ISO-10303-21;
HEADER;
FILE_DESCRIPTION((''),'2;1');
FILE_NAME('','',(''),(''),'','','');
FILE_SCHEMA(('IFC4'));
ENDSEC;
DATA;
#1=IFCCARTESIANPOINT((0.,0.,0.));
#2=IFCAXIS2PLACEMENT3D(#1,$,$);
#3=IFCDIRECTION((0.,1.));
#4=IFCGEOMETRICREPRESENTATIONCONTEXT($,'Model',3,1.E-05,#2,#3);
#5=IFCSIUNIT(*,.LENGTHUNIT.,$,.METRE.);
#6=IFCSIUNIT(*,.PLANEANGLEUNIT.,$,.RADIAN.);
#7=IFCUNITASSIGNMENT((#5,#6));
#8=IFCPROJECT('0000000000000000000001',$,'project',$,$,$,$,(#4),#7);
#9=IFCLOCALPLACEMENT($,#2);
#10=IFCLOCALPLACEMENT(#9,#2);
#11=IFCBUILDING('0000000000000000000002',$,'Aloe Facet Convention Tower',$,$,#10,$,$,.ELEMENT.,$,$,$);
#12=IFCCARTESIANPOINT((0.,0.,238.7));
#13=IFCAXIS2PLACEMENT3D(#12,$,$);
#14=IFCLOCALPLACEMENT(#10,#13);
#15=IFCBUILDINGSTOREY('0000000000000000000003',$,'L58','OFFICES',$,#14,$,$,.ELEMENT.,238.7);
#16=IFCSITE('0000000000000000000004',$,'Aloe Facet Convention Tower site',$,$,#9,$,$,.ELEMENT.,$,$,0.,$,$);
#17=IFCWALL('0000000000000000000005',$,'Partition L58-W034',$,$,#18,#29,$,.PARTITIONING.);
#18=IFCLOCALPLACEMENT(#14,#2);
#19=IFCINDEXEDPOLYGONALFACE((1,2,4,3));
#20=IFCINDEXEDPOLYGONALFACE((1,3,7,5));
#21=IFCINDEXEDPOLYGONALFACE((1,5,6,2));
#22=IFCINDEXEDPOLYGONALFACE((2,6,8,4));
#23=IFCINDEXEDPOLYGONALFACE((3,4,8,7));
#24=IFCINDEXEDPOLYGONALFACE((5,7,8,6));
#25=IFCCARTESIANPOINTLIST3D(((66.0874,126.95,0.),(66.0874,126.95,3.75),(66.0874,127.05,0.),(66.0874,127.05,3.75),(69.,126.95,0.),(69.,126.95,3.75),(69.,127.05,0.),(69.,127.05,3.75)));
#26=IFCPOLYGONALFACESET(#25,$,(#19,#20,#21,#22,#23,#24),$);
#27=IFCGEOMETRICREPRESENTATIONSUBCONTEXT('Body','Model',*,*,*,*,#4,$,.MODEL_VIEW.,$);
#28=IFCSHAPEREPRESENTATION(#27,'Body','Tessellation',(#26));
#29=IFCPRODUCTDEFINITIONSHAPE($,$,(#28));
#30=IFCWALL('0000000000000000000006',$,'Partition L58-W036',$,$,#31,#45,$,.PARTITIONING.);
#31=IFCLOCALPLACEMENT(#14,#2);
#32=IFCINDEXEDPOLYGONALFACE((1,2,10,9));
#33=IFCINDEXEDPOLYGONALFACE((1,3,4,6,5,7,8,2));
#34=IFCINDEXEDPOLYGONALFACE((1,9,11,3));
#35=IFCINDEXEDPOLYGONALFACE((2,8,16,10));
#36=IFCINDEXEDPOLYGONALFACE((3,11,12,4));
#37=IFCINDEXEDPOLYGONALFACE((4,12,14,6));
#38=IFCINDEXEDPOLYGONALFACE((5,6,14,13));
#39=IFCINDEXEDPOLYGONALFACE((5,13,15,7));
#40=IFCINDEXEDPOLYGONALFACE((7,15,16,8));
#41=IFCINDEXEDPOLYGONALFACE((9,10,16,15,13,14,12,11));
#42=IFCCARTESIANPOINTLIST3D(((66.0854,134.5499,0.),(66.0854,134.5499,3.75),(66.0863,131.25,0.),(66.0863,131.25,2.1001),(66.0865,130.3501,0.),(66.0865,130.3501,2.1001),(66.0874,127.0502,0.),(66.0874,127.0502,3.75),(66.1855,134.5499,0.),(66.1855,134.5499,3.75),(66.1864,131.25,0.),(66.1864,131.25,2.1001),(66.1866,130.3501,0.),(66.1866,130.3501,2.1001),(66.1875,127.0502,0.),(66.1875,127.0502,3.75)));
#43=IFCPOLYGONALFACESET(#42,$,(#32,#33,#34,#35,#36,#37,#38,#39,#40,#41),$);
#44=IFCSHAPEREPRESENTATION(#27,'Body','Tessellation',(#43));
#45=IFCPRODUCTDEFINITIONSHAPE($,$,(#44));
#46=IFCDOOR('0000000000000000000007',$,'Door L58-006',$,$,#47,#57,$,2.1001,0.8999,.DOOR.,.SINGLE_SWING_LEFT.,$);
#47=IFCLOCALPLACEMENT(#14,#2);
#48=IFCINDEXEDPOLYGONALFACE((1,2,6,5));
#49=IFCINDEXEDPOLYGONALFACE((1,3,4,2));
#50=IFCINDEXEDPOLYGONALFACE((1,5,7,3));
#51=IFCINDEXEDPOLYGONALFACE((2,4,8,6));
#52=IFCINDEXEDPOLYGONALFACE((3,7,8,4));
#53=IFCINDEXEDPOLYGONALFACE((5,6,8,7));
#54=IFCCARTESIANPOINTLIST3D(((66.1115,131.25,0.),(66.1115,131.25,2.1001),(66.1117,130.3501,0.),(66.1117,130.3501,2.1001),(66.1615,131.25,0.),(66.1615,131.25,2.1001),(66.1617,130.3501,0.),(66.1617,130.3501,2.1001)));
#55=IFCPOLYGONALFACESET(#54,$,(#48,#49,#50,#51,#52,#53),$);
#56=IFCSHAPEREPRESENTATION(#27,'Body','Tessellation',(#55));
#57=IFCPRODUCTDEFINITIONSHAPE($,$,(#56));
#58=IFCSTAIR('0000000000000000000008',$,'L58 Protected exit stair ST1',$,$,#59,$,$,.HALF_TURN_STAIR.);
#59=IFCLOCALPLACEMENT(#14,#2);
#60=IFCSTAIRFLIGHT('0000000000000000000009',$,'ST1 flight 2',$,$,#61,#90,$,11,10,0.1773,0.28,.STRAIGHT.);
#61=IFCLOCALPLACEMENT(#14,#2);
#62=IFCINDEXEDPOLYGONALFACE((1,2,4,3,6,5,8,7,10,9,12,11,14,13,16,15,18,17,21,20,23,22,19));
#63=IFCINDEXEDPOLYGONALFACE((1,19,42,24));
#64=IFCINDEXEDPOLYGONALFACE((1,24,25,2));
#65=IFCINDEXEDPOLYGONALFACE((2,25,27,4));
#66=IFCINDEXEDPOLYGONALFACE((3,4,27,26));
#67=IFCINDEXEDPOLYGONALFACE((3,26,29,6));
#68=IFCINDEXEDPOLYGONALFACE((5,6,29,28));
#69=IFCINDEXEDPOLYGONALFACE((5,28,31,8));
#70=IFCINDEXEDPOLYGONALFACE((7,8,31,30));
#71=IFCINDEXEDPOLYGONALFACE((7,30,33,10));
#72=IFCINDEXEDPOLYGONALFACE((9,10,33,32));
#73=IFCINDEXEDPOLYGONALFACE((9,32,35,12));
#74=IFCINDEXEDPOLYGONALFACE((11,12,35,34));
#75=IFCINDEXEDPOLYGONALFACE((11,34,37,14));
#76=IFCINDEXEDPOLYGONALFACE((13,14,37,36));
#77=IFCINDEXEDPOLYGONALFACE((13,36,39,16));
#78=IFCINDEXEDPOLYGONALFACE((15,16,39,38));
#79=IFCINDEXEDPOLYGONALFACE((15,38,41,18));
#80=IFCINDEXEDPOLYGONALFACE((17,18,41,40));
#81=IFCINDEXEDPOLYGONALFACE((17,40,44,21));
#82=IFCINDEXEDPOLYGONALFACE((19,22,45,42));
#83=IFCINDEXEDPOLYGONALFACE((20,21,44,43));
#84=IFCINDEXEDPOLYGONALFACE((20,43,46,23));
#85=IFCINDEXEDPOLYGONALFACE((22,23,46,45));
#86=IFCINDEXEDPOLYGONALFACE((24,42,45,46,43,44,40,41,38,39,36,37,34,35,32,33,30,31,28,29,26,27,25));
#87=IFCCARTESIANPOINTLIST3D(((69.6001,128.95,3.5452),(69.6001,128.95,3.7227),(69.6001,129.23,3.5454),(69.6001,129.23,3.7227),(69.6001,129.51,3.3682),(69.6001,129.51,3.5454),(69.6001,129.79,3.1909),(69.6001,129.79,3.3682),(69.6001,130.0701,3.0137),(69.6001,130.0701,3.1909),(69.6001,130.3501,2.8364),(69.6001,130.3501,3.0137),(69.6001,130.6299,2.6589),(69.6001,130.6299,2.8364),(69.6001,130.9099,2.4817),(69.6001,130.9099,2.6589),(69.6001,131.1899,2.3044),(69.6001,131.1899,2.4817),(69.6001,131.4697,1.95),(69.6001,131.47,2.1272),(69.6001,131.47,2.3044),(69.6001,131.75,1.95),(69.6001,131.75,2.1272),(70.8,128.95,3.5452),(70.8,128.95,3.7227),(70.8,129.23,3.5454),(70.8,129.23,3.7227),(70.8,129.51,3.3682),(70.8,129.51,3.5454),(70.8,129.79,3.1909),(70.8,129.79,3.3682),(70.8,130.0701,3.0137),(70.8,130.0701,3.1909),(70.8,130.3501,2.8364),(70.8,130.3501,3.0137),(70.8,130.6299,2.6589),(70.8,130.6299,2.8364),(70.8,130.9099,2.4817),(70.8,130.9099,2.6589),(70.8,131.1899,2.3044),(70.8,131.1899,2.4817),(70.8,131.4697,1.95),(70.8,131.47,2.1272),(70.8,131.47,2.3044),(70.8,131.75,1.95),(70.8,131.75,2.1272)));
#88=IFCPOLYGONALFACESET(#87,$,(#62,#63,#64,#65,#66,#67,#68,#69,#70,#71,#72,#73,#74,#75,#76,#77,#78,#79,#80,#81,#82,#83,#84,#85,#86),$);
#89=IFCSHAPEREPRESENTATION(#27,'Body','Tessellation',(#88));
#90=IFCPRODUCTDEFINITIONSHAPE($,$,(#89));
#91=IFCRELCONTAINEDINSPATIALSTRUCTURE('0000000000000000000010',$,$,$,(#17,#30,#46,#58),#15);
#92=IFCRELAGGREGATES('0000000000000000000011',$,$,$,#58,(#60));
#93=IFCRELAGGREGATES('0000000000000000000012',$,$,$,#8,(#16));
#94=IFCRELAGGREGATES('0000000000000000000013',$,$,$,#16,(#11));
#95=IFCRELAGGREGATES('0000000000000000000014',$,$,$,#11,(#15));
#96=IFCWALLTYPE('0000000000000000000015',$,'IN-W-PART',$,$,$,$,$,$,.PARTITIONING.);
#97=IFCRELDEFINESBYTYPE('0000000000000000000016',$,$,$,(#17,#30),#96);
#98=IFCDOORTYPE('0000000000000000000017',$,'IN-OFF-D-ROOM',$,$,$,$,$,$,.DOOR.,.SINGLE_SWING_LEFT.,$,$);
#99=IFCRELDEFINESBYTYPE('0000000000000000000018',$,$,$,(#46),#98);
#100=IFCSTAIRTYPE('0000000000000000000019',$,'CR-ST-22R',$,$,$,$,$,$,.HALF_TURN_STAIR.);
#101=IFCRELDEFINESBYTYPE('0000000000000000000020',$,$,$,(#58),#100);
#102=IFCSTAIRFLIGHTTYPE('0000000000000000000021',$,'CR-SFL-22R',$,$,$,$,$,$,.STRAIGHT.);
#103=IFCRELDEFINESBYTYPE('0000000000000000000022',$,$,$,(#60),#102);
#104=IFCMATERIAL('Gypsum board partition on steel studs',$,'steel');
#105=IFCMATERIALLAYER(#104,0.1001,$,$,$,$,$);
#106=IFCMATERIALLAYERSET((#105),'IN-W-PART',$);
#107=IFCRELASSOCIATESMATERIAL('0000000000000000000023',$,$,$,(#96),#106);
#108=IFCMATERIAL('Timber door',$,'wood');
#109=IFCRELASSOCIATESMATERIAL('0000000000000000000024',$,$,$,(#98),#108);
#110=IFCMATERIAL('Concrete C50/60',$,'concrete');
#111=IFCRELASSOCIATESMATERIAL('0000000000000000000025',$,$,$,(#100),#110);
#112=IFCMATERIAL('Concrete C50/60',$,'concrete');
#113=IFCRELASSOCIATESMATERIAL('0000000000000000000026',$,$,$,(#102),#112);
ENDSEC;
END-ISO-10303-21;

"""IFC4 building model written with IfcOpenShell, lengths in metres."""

from ifc_helpers import new_model, si_unit, direction, frame, frame_2d, origin, place, context, subcontext, project, spatial, polyline, rectangle, outline, extrude, material, layer, layer_set, type_object, element, fill, aggregate, save


model = new_model("IFC4")

# Units and contexts
model_context = context("Model", 3, precision=1e-05, world=origin(), true_north=direction((0.0, 1.0)))
body_context = subcontext(model_context, "Body", "Model", "MODEL_VIEW")
ifc_project = project(units=[si_unit("LENGTHUNIT", "METRE"), si_unit("PLANEANGLEUNIT", "RADIAN")], contexts=[model_context])

# Site, building, storey
site_placement = place(None, origin())
site = spatial("IfcSite", under=ifc_project, at=site_placement, Name="Aloe Facet Convention Tower site", CompositionType="ELEMENT", RefElevation=0.0)
building_placement = place(site_placement, origin())
building = spatial("IfcBuilding", under=site, at=building_placement, Name="Aloe Facet Convention Tower", CompositionType="ELEMENT")
storey_placement = place(building_placement, frame((0.0, 0.0, 238.7)))
storey = spatial("IfcBuildingStorey", under=building, at=storey_placement, Name="L58", Description="OFFICES", CompositionType="ELEMENT", Elevation=238.7)

# Wall
ifc_material_1 = material(Name="Gypsum board partition on steel studs", Category="steel")
ifc_layer_1 = layer(ifc_material_1, 0.1001)
ifc_layer_set_1 = layer_set([ifc_layer_1], Name="IN-W-PART")
wall_type_1 = type_object("IfcWallType", Name="IN-W-PART", PredefinedType="PARTITIONING", material=ifc_layer_set_1)
wall_1_placement = place(storey_placement, frame((66.0874, 127.0, 0.0), z_axis=(0.0, 0.0, 1.0), x_axis=(1.0, 0.0, 0.0)))
element("IfcWall", 1, at=wall_1_placement, inside=storey, type_object=wall_type_1, Name="Partition L58-W034", PredefinedType="PARTITIONING", context=body_context, shape_type="SweptSolid", body=[
    extrude(rectangle(XDim=2.9126, YDim=0.1001, at=frame_2d((1.4563, 0.0))), origin(), (0.0, 0.0, 1.0), 3.75),
])

# Wall, opening, door
wall_2_placement = place(storey_placement, frame((66.1375, 127.05, 0.0), z_axis=(0.0, 0.0, 1.0), x_axis=(-0.00026, 1.0, 0.0)))
wall_2 = element("IfcWall", 2, at=wall_2_placement, inside=storey, type_object=wall_type_1, Name="Partition L58-W036", PredefinedType="PARTITIONING", context=body_context, shape_type="SweptSolid", body=[
    extrude(rectangle(XDim=7.4998, YDim=0.1001, at=frame_2d((3.75, 0.0))), origin(), (0.0, 0.0, 1.0), 3.75),
])
opening_1_placement = place(wall_2_placement, frame((3.3, 0.0, 0.0)))
opening_1 = element("IfcOpeningElement", 3, at=opening_1_placement, cuts=wall_2, PredefinedType="OPENING", context=body_context, shape_type="SweptSolid", body=[
    extrude(rectangle(XDim=0.8999, YDim=2.1001, at=frame_2d((0.45, 1.05))), frame((0.0, 0.0601, 0.0), z_axis=(0.0, -1.0, 0.0), x_axis=(1.0, 0.0, 0.0)), (0.0, 0.0, 1.0), 0.1201),
])
ifc_material_2 = material(Name="Timber door", Category="wood")
door_type = type_object("IfcDoorType", Name="IN-OFF-D-ROOM", OperationType="SINGLE_SWING_LEFT", PredefinedType="DOOR", material=ifc_material_2)
door_placement = place(opening_1_placement, origin())
door = element("IfcDoor", 4, at=door_placement, inside=storey, type_object=door_type, Name="Door L58-006", OperationType="SINGLE_SWING_LEFT", OverallHeight=2.1001, OverallWidth=0.8999, PredefinedType="DOOR", context=body_context, shape_type="SweptSolid", body=[
    extrude(rectangle(XDim=0.8999, YDim=2.1001, at=frame_2d((0.45, 1.05))), frame((0.0, 0.0249, 0.0), z_axis=(0.0, -1.0, 0.0), x_axis=(1.0, 0.0, 0.0)), (0.0, 0.0, 1.0), 0.05),
])
fill(opening_1, door)

# Stair, stair flight
ifc_material_3 = material(Name="Concrete C50/60", Category="concrete")
stair_type = type_object("IfcStairType", Name="CR-ST-22R", PredefinedType="HALF_TURN_STAIR", material=ifc_material_3)
stair_placement = place(storey_placement, origin())
stair = element("IfcStair", 5, at=stair_placement, inside=storey, type_object=stair_type, Name="L58 Protected exit stair ST1", PredefinedType="HALF_TURN_STAIR")
ifc_material_4 = material(Name="Concrete C50/60", Category="concrete")
stair_flight_type = type_object("IfcStairFlightType", Name="CR-SFL-22R", PredefinedType="STRAIGHT", material=ifc_material_4)
stair_flight_placement = place(storey_placement, frame((70.2, 131.75, 1.95), z_axis=(0.0, 0.0, 1.0), x_axis=(0.0, -1.0, 0.0)))
stair_flight = element("IfcStairFlight", 6, at=stair_flight_placement, type_object=stair_flight_type, Name="ST1 flight 2", NumberOfRisers=11, NumberOfTreads=10, PredefinedType="STRAIGHT", RiserHeight=0.1773, TreadLength=0.28, context=body_context, shape_type="SweptSolid", body=[
    extrude(outline(polyline([(0.0, 0.0), (0.0, 0.1772), (0.28, 0.1772), (0.28, 0.3545), (0.5601, 0.3545), (0.5601, 0.5317), (0.8401, 0.5317), (0.8401, 0.709), (1.1201, 0.709), (1.1201, 0.8865), (1.3999, 0.8865), (1.3999, 1.0637), (1.6799, 1.0637), (1.6799, 1.241), (1.96, 1.241), (1.96, 1.4182), (2.24, 1.4182), (2.24, 1.5955), (2.52, 1.5955), (2.52, 1.7727), (2.8, 1.7727), (2.8, 1.95), (2.8, 1.5952), (0.2803, 0.0), (0.0, 0.0)])), frame((0.0, 0.6001, 0.0), z_axis=(0.0, -1.0, 0.0), x_axis=(1.0, 0.0, 0.0)), (0.0, 0.0, 1.0), 1.2),
])
aggregate(stair, [stair_flight])

save(model, "model.ifc")
